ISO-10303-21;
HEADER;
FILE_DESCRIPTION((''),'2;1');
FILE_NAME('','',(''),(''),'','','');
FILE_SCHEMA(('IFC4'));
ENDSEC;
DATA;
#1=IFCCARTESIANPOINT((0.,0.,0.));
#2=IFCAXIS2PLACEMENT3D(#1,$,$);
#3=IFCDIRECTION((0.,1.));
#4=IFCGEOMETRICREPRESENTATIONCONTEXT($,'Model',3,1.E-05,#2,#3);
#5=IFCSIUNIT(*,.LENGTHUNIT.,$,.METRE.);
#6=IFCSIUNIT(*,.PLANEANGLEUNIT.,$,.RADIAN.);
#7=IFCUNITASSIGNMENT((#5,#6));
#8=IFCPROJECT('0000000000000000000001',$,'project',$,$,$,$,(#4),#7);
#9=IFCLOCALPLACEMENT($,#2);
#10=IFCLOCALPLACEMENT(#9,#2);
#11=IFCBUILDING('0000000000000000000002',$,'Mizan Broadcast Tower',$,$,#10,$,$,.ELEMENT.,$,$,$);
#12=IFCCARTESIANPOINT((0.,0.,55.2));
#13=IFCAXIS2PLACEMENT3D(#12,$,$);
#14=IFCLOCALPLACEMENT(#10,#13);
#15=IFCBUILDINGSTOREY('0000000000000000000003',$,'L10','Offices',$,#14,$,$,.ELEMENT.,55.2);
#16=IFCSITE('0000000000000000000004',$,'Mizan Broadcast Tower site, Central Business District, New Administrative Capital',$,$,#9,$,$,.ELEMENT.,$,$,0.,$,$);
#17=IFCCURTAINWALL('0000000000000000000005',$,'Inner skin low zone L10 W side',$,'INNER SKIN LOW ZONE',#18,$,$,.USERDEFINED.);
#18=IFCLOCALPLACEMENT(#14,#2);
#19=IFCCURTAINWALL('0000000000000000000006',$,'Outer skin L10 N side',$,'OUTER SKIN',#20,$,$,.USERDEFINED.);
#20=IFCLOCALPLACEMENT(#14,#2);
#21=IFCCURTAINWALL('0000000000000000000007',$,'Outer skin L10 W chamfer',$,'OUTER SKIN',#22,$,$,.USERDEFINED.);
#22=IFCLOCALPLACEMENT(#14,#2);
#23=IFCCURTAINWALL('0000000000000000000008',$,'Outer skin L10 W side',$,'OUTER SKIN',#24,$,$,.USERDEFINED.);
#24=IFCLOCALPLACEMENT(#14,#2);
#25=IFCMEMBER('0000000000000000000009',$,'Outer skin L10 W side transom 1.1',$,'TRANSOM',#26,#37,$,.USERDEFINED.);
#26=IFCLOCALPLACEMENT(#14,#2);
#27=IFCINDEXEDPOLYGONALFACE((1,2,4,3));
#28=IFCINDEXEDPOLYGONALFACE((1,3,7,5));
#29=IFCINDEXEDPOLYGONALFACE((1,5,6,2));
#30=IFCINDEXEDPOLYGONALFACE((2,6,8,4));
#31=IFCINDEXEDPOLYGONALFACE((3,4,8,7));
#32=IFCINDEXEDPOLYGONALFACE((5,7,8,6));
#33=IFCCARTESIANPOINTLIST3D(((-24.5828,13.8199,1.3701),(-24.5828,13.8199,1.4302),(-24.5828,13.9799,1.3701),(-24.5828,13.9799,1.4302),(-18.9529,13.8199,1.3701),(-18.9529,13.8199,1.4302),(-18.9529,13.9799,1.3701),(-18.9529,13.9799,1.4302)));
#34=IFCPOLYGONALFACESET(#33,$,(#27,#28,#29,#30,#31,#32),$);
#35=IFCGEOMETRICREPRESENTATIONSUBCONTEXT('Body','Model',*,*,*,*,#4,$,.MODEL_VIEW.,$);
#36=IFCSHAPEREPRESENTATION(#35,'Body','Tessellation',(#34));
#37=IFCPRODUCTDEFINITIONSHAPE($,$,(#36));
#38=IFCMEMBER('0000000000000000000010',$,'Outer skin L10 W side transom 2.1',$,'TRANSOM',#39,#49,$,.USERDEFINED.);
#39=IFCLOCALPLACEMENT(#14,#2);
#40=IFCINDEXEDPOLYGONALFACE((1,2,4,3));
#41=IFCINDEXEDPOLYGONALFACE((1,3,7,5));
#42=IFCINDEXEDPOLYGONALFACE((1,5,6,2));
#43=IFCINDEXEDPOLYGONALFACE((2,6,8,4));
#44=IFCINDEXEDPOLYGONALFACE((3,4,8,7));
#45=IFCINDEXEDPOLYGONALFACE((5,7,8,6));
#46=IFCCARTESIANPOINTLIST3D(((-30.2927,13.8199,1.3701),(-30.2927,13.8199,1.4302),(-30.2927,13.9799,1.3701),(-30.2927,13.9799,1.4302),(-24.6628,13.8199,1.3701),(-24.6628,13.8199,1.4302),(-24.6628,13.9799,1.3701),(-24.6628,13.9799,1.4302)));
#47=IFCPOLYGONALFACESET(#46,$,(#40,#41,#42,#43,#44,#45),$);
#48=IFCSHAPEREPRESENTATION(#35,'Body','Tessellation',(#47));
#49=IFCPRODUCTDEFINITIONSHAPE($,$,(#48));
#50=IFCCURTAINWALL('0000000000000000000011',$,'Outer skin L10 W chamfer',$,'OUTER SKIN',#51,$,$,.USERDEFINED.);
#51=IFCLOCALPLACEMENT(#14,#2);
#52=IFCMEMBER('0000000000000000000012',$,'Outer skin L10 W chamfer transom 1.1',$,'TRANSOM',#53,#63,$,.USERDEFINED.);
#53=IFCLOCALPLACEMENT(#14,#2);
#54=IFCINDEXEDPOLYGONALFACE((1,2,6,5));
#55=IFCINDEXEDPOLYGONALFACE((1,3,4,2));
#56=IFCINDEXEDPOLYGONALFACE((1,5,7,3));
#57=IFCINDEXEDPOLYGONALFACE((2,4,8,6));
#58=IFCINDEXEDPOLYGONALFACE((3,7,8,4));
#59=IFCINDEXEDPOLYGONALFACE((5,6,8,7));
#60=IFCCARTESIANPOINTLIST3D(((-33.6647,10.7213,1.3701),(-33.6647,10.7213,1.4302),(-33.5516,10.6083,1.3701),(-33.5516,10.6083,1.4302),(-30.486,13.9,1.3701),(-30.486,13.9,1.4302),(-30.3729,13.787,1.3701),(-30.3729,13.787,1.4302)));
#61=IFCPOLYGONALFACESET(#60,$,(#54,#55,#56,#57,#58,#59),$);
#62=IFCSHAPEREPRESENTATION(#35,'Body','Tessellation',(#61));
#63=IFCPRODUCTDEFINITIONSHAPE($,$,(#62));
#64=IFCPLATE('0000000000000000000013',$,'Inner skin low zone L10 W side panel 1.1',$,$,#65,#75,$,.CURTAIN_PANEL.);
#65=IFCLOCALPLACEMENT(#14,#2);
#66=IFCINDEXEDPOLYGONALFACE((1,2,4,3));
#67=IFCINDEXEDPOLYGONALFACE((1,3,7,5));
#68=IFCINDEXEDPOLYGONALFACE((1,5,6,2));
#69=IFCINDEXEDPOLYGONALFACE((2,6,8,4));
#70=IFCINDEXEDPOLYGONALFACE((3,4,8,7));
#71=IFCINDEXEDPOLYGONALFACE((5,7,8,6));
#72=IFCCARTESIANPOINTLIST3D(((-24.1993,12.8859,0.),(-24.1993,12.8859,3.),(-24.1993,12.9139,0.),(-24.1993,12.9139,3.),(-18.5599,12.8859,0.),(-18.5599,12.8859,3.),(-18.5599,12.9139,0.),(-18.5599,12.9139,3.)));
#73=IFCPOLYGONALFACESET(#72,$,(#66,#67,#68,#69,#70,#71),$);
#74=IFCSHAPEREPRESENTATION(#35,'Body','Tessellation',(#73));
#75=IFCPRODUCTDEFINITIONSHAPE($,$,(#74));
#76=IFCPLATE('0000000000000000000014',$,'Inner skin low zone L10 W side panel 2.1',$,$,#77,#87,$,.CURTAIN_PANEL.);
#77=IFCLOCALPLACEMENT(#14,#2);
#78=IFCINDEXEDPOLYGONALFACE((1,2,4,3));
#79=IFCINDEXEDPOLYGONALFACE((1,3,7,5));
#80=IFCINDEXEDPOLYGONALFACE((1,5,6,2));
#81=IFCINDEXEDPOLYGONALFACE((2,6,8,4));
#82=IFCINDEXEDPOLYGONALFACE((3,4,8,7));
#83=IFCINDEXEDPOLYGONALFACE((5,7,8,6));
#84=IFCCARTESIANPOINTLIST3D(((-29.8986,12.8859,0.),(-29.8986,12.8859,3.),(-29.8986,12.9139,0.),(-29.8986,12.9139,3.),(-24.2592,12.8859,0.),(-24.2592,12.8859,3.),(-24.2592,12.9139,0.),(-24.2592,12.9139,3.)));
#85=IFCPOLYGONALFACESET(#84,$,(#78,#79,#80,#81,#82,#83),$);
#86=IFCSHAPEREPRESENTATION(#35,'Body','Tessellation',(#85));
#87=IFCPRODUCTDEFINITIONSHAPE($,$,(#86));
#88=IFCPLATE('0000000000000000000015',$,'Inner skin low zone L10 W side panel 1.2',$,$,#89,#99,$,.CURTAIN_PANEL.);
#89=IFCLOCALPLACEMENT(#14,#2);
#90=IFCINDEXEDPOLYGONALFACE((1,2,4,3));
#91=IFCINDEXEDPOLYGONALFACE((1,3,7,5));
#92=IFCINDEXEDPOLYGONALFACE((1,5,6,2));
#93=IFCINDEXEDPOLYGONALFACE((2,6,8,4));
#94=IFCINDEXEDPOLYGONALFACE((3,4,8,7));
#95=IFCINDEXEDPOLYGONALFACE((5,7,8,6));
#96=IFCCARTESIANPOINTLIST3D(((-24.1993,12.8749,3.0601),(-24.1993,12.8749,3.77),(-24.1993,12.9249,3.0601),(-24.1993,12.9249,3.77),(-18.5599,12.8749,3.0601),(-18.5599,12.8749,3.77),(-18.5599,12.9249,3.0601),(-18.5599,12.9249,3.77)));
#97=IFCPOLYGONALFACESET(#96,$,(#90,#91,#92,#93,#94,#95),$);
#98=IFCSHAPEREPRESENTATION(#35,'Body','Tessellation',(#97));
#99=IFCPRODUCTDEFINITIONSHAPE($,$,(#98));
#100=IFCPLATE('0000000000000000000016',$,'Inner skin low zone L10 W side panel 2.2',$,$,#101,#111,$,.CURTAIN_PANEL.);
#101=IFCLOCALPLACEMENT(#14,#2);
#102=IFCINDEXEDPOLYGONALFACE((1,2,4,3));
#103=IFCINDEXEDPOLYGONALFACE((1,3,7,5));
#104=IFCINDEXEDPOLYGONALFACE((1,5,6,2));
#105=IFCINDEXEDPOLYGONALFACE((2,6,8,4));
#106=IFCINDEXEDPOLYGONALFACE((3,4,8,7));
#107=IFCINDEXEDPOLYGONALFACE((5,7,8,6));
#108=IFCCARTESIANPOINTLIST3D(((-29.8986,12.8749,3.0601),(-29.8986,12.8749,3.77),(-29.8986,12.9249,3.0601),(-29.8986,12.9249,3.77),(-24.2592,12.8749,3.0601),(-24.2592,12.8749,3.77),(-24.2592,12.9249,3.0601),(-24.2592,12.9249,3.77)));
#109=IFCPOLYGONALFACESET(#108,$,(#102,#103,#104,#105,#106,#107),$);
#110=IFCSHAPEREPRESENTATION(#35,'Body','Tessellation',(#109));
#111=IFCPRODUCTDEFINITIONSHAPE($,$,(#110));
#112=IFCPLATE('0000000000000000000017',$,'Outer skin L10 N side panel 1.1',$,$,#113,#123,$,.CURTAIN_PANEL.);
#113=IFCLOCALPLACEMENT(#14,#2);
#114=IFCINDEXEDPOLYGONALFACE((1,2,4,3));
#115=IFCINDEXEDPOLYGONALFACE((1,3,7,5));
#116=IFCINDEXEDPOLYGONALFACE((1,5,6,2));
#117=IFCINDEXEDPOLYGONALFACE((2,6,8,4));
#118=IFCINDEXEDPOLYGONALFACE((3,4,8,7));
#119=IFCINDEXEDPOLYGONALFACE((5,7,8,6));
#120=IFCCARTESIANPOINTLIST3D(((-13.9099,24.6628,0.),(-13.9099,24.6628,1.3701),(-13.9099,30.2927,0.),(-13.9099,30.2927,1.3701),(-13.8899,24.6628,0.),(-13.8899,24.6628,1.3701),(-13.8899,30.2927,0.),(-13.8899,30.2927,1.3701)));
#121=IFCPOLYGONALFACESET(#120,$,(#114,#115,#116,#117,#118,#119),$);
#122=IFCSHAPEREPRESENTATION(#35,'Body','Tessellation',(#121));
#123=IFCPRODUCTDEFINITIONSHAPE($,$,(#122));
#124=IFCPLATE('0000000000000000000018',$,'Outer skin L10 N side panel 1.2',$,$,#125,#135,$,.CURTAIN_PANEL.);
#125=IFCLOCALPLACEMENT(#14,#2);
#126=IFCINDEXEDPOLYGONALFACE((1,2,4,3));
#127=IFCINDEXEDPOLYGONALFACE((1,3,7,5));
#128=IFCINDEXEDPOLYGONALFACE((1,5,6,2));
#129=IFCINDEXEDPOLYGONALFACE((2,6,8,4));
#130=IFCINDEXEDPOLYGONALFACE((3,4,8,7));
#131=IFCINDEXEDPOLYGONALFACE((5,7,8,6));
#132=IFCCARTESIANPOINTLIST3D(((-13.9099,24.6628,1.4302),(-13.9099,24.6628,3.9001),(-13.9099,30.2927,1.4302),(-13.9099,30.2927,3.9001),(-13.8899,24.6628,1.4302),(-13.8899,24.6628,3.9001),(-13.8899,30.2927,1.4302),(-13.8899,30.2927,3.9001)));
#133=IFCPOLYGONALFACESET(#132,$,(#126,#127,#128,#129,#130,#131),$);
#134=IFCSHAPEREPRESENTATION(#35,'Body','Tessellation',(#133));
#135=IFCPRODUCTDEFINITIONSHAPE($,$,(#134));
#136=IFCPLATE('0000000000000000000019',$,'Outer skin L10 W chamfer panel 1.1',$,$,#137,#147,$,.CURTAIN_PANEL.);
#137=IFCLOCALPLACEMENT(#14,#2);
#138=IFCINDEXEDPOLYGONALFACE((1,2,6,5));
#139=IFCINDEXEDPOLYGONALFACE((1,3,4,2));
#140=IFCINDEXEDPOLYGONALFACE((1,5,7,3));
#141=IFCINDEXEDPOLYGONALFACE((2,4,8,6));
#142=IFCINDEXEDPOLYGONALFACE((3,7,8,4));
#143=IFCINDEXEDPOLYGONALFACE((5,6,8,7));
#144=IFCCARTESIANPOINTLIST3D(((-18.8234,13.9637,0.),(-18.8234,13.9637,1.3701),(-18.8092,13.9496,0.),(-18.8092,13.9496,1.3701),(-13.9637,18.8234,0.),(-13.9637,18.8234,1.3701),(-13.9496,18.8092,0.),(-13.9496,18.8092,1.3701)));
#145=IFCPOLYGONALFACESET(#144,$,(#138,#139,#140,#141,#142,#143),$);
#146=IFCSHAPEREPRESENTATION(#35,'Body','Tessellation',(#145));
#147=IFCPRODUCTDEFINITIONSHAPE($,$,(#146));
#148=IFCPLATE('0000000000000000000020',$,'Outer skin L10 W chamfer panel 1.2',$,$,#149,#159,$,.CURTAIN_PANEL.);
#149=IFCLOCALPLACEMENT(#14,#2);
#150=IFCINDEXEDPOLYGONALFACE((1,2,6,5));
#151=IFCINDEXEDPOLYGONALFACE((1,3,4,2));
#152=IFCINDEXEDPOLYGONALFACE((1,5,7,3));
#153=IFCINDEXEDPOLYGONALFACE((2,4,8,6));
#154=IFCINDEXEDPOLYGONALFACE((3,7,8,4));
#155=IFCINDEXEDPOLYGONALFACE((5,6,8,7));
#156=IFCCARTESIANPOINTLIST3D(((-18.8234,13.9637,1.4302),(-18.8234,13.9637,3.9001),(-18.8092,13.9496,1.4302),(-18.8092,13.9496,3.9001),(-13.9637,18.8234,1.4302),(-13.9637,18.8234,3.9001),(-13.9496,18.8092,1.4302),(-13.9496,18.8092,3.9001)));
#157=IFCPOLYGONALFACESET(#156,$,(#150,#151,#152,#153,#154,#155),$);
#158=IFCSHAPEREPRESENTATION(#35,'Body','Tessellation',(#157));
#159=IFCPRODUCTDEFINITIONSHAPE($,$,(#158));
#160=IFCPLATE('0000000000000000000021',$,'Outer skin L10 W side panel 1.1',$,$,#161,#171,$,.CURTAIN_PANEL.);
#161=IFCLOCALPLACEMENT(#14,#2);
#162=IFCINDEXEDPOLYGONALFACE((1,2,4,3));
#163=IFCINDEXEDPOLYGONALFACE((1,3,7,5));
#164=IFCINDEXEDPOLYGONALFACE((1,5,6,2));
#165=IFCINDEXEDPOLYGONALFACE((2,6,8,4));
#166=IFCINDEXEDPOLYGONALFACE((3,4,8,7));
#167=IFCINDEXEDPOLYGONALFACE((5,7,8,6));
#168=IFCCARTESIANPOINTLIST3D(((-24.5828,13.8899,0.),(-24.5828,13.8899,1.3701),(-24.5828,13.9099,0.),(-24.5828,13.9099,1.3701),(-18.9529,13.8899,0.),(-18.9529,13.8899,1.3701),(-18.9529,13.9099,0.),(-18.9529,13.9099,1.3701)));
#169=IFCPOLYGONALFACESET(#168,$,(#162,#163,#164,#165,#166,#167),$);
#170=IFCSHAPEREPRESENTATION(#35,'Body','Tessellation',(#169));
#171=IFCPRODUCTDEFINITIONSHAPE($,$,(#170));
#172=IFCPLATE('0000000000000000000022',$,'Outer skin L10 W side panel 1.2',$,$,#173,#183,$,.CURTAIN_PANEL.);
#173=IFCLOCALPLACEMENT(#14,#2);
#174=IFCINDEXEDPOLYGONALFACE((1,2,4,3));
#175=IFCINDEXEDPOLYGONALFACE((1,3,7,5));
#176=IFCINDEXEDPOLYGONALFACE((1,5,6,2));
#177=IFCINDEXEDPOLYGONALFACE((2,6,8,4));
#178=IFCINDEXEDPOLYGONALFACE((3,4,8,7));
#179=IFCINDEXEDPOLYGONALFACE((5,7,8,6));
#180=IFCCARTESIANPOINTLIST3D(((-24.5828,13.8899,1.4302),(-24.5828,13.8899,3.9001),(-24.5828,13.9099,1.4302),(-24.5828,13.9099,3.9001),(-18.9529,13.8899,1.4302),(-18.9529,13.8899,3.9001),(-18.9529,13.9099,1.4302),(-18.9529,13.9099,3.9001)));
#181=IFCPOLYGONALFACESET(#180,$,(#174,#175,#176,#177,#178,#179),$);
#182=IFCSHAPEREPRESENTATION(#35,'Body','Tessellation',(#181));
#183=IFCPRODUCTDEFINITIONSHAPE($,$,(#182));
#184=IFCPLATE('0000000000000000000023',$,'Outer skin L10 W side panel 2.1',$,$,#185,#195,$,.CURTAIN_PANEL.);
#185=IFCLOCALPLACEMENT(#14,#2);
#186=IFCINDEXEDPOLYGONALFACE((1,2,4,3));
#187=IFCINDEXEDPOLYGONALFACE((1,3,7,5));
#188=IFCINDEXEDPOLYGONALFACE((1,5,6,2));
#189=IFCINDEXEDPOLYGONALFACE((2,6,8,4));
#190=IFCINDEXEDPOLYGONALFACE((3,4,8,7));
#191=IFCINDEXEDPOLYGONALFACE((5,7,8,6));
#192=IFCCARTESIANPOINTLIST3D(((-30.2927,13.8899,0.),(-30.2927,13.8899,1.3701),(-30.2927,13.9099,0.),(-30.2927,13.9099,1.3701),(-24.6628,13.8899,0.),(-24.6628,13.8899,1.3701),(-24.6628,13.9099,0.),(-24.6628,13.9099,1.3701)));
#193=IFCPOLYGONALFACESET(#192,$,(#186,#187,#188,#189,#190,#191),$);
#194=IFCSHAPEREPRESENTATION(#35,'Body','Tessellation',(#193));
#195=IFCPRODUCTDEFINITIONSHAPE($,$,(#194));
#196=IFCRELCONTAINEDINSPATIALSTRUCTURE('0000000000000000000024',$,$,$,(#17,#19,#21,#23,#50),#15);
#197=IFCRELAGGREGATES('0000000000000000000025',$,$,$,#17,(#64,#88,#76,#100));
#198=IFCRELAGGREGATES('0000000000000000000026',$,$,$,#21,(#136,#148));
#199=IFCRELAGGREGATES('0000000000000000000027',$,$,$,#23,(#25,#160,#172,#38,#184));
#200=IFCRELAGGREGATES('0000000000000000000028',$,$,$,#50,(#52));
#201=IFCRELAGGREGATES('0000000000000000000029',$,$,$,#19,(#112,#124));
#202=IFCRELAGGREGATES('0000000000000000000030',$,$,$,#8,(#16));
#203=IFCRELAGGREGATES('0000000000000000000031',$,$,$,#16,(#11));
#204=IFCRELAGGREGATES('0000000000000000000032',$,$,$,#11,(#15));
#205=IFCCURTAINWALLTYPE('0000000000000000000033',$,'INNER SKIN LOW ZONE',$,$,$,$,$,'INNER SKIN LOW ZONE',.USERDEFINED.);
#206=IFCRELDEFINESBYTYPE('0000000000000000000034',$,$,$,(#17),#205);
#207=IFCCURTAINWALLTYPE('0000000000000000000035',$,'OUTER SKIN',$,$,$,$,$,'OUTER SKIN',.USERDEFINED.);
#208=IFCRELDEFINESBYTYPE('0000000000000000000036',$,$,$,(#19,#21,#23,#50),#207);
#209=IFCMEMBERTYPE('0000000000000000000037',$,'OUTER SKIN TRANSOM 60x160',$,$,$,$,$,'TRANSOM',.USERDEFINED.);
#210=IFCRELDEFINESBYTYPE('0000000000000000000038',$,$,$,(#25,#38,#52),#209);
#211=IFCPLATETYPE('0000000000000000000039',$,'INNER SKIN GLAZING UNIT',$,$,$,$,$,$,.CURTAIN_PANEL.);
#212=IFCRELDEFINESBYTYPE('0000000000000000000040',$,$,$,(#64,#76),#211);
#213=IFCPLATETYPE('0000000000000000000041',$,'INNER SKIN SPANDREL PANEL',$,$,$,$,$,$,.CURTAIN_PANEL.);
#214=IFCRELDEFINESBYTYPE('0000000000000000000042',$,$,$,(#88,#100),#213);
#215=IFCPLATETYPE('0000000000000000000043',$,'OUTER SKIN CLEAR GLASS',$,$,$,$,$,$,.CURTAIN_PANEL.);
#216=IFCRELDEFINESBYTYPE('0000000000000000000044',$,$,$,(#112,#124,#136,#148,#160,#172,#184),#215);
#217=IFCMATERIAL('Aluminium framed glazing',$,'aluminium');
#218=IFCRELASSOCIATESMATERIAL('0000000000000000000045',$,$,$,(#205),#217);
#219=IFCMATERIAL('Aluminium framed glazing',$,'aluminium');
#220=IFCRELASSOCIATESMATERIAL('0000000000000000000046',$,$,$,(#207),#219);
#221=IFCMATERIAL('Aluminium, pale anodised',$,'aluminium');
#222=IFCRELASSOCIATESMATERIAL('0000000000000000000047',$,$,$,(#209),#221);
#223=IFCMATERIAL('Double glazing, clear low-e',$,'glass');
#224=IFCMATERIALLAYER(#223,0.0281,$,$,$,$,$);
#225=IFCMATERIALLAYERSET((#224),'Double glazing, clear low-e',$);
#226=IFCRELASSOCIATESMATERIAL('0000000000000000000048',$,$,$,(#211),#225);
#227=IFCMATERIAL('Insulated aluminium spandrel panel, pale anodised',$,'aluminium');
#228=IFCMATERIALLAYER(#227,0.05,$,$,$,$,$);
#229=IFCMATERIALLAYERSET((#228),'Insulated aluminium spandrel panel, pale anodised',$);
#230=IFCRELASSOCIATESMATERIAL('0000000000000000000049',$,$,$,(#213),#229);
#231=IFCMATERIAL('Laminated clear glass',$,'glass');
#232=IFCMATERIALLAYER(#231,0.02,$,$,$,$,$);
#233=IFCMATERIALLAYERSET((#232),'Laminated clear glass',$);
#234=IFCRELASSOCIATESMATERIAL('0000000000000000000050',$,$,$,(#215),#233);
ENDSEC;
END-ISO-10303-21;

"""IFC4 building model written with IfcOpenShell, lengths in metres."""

from ifc_helpers import new_model, si_unit, direction, frame, origin, origin_2d, place, context, subcontext, project, spatial, rectangle, extrude, material, layer, layer_set, material_profile, profile_set, type_object, element, aggregate, save


model = new_model("IFC4")

# Units and contexts
model_context = context("Model", 3, precision=1e-05, world=origin(), true_north=direction((0.0, 1.0)))
body_context = subcontext(model_context, "Body", "Model", "MODEL_VIEW")
ifc_project = project(units=[si_unit("LENGTHUNIT", "METRE"), si_unit("PLANEANGLEUNIT", "RADIAN")], contexts=[model_context])

# Site, building, storey
site_placement = place(None, origin())
site = spatial("IfcSite", under=ifc_project, at=site_placement, Name="Mizan Broadcast Tower site, Central Business District, New Administrative Capital", CompositionType="ELEMENT", RefElevation=0.0)
building_placement = place(site_placement, origin())
building = spatial("IfcBuilding", under=site, at=building_placement, Name="Mizan Broadcast Tower", CompositionType="ELEMENT")
storey_placement = place(building_placement, frame((0.0, 0.0, 55.2)))
storey = spatial("IfcBuildingStorey", under=building, at=storey_placement, Name="L10", Description="Offices", CompositionType="ELEMENT", Elevation=55.2)

# Curtain wall
ifc_material_1 = material(Name="Aluminium framed glazing", Category="aluminium")
curtain_wall_type_1 = type_object("IfcCurtainWallType", Name="INNER SKIN LOW ZONE", ElementType="INNER SKIN LOW ZONE", PredefinedType="USERDEFINED", material=ifc_material_1)
curtain_wall_1_placement = place(storey_placement, origin())
curtain_wall_1 = element("IfcCurtainWall", 1, at=curtain_wall_1_placement, inside=storey, type_object=curtain_wall_type_1, Name="Inner skin low zone L10 W side", ObjectType="INNER SKIN LOW ZONE", PredefinedType="USERDEFINED")

# Shared definitions
ifc_material_2 = material(Name="Aluminium framed glazing", Category="aluminium")
curtain_wall_type_2 = type_object("IfcCurtainWallType", Name="OUTER SKIN", ElementType="OUTER SKIN", PredefinedType="USERDEFINED", material=ifc_material_2)

# Curtain wall
curtain_wall_2_placement = place(storey_placement, origin())
curtain_wall_2 = element("IfcCurtainWall", 2, at=curtain_wall_2_placement, inside=storey, type_object=curtain_wall_type_2, Name="Outer skin L10 N side", ObjectType="OUTER SKIN", PredefinedType="USERDEFINED")

# Curtain wall
curtain_wall_3_placement = place(storey_placement, origin())
curtain_wall_3 = element("IfcCurtainWall", 3, at=curtain_wall_3_placement, inside=storey, type_object=curtain_wall_type_2, Name="Outer skin L10 W chamfer", ObjectType="OUTER SKIN", PredefinedType="USERDEFINED")

# Curtain wall
curtain_wall_4_placement = place(storey_placement, origin())
curtain_wall_4 = element("IfcCurtainWall", 4, at=curtain_wall_4_placement, inside=storey, type_object=curtain_wall_type_2, Name="Outer skin L10 W side", ObjectType="OUTER SKIN", PredefinedType="USERDEFINED")

# Members
ifc_material_3 = material(Name="Aluminium, pale anodised", Category="aluminium")
ifc_material_profile_1 = material_profile(ifc_material_3, rectangle(XDim=0.1599, YDim=0.0601, at=origin_2d()), Name="TRANSOM 160x60")
ifc_profile_set_1 = profile_set([ifc_material_profile_1], Name="Aluminium, pale anodised")
member_type_1 = type_object("IfcMemberType", Name="OUTER SKIN TRANSOM 60x160", ElementType="TRANSOM", PredefinedType="USERDEFINED", material=ifc_profile_set_1)
member_1_placement = place(storey_placement, frame((-18.9529, 13.8999, 1.4001), z_axis=(-1.0, 0.0, 0.0), x_axis=(0.0, -1.0, 0.0)))
member_1 = element("IfcMember", 5, at=member_1_placement, type_object=member_type_1, Name="Outer skin L10 W side transom 1.1", ObjectType="TRANSOM", PredefinedType="USERDEFINED", context=body_context, shape_type="SweptSolid", body=[
    extrude(rectangle(XDim=0.1599, YDim=0.0601, at=origin_2d()), origin(), (0.0, 0.0, 1.0), 5.6299),
])
member_2_placement = place(storey_placement, frame((-24.6628, 13.8999, 1.4001), z_axis=(-1.0, 0.0, 0.0), x_axis=(0.0, -1.0, 0.0)))
member_2 = element("IfcMember", 6, at=member_2_placement, type_object=member_type_1, Name="Outer skin L10 W side transom 2.1", ObjectType="TRANSOM", PredefinedType="USERDEFINED", context=body_context, shape_type="SweptSolid", body=[
    extrude(rectangle(XDim=0.1599, YDim=0.0601, at=origin_2d()), origin(), (0.0, 0.0, 1.0), 5.6299),
])

# Curtain wall, member
curtain_wall_5_placement = place(storey_placement, origin())
curtain_wall_5 = element("IfcCurtainWall", 7, at=curtain_wall_5_placement, inside=storey, type_object=curtain_wall_type_2, Name="Outer skin L10 W chamfer", ObjectType="OUTER SKIN", PredefinedType="USERDEFINED")
member_3_placement = place(storey_placement, frame((-30.4294, 13.8435, 1.4001), z_axis=(-0.707107, -0.707107, 0.0), x_axis=(0.707107, -0.707107, 0.0)))
member_3 = element("IfcMember", 8, at=member_3_placement, type_object=member_type_1, Name="Outer skin L10 W chamfer transom 1.1", ObjectType="TRANSOM", PredefinedType="USERDEFINED", context=body_context, shape_type="SweptSolid", body=[
    extrude(rectangle(XDim=0.1599, YDim=0.0601, at=origin_2d()), origin(), (0.0, 0.0, 1.0), 4.4954),
])

# Plates
ifc_material_4 = material(Name="Double glazing, clear low-e", Category="glass")
ifc_layer_1 = layer(ifc_material_4, 0.0281)
ifc_layer_set_1 = layer_set([ifc_layer_1], Name="Double glazing, clear low-e")
plate_type_1 = type_object("IfcPlateType", Name="INNER SKIN GLAZING UNIT", PredefinedType="CURTAIN_PANEL", material=ifc_layer_set_1)
plate_1_placement = place(storey_placement, frame((-21.3796, 12.8999, 0.0), z_axis=(0.0, 0.0, 1.0), x_axis=(-1.0, 0.0, 0.0)))
plate_1 = element("IfcPlate", 9, at=plate_1_placement, type_object=plate_type_1, Name="Inner skin low zone L10 W side panel 1.1", PredefinedType="CURTAIN_PANEL", context=body_context, shape_type="SweptSolid", body=[
    extrude(rectangle(XDim=5.6394, YDim=0.0281, at=origin_2d()), origin(), (0.0, 0.0, 1.0), 3.0),
])
plate_2_placement = place(storey_placement, frame((-27.0789, 12.8999, 0.0), z_axis=(0.0, 0.0, 1.0), x_axis=(-1.0, 0.0, 0.0)))
plate_2 = element("IfcPlate", 10, at=plate_2_placement, type_object=plate_type_1, Name="Inner skin low zone L10 W side panel 2.1", PredefinedType="CURTAIN_PANEL", context=body_context, shape_type="SweptSolid", body=[
    extrude(rectangle(XDim=5.6394, YDim=0.0281, at=origin_2d()), origin(), (0.0, 0.0, 1.0), 3.0),
])
ifc_material_5 = material(Name="Insulated aluminium spandrel panel, pale anodised", Category="aluminium")
ifc_layer_2 = layer(ifc_material_5, 0.05)
ifc_layer_set_2 = layer_set([ifc_layer_2], Name="Insulated aluminium spandrel panel, pale anodised")
plate_type_2 = type_object("IfcPlateType", Name="INNER SKIN SPANDREL PANEL", PredefinedType="CURTAIN_PANEL", material=ifc_layer_set_2)
plate_3_placement = place(storey_placement, frame((-21.3796, 12.8999, 3.0601), z_axis=(0.0, 0.0, 1.0), x_axis=(-1.0, 0.0, 0.0)))
plate_3 = element("IfcPlate", 11, at=plate_3_placement, type_object=plate_type_2, Name="Inner skin low zone L10 W side panel 1.2", PredefinedType="CURTAIN_PANEL", context=body_context, shape_type="SweptSolid", body=[
    extrude(rectangle(XDim=5.6394, YDim=0.05, at=origin_2d()), origin(), (0.0, 0.0, 1.0), 0.71),
])
plate_4_placement = place(storey_placement, frame((-27.0789, 12.8999, 3.0601), z_axis=(0.0, 0.0, 1.0), x_axis=(-1.0, 0.0, 0.0)))
plate_4 = element("IfcPlate", 12, at=plate_4_placement, type_object=plate_type_2, Name="Inner skin low zone L10 W side panel 2.2", PredefinedType="CURTAIN_PANEL", context=body_context, shape_type="SweptSolid", body=[
    extrude(rectangle(XDim=5.6394, YDim=0.05, at=origin_2d()), origin(), (0.0, 0.0, 1.0), 0.71),
])
aggregate(curtain_wall_1, [plate_1, plate_3, plate_2, plate_4])
ifc_material_6 = material(Name="Laminated clear glass", Category="glass")
ifc_layer_3 = layer(ifc_material_6, 0.02)
ifc_layer_set_3 = layer_set([ifc_layer_3], Name="Laminated clear glass")
plate_type_3 = type_object("IfcPlateType", Name="OUTER SKIN CLEAR GLASS", PredefinedType="CURTAIN_PANEL", material=ifc_layer_set_3)
plate_5_placement = place(storey_placement, frame((-13.8999, 27.4778, 0.0), z_axis=(0.0, 0.0, 1.0), x_axis=(0.0, -1.0, 0.0)))
plate_5 = element("IfcPlate", 13, at=plate_5_placement, type_object=plate_type_3, Name="Outer skin L10 N side panel 1.1", PredefinedType="CURTAIN_PANEL", context=body_context, shape_type="SweptSolid", body=[
    extrude(rectangle(XDim=5.6299, YDim=0.02, at=origin_2d()), origin(), (0.0, 0.0, 1.0), 1.3701),
])
plate_6_placement = place(storey_placement, frame((-13.8999, 27.4778, 1.4302), z_axis=(0.0, 0.0, 1.0), x_axis=(0.0, -1.0, 0.0)))
plate_6 = element("IfcPlate", 14, at=plate_6_placement, type_object=plate_type_3, Name="Outer skin L10 N side panel 1.2", PredefinedType="CURTAIN_PANEL", context=body_context, shape_type="SweptSolid", body=[
    extrude(rectangle(XDim=5.6299, YDim=0.02, at=origin_2d()), origin(), (0.0, 0.0, 1.0), 2.47),
])
plate_7_placement = place(storey_placement, frame((-16.3865, 16.3865, 0.0), z_axis=(0.0, 0.0, 1.0), x_axis=(-0.707107, -0.707107, 0.0)))
plate_7 = element("IfcPlate", 15, at=plate_7_placement, type_object=plate_type_3, Name="Outer skin L10 W chamfer panel 1.1", PredefinedType="CURTAIN_PANEL", context=body_context, shape_type="SweptSolid", body=[
    extrude(rectangle(XDim=6.8726, YDim=0.02, at=origin_2d()), origin(), (0.0, 0.0, 1.0), 1.3701),
])
plate_8_placement = place(storey_placement, frame((-16.3865, 16.3865, 1.4302), z_axis=(0.0, 0.0, 1.0), x_axis=(-0.707107, -0.707107, 0.0)))
plate_8 = element("IfcPlate", 16, at=plate_8_placement, type_object=plate_type_3, Name="Outer skin L10 W chamfer panel 1.2", PredefinedType="CURTAIN_PANEL", context=body_context, shape_type="SweptSolid", body=[
    extrude(rectangle(XDim=6.8726, YDim=0.02, at=origin_2d()), origin(), (0.0, 0.0, 1.0), 2.47),
])
aggregate(curtain_wall_3, [plate_7, plate_8])
plate_9_placement = place(storey_placement, frame((-21.7678, 13.8999, 0.0), z_axis=(0.0, 0.0, 1.0), x_axis=(-1.0, 0.0, 0.0)))
plate_9 = element("IfcPlate", 17, at=plate_9_placement, type_object=plate_type_3, Name="Outer skin L10 W side panel 1.1", PredefinedType="CURTAIN_PANEL", context=body_context, shape_type="SweptSolid", body=[
    extrude(rectangle(XDim=5.6299, YDim=0.02, at=origin_2d()), origin(), (0.0, 0.0, 1.0), 1.3701),
])
plate_10_placement = place(storey_placement, frame((-21.7678, 13.8999, 1.4302), z_axis=(0.0, 0.0, 1.0), x_axis=(-1.0, 0.0, 0.0)))
plate_10 = element("IfcPlate", 18, at=plate_10_placement, type_object=plate_type_3, Name="Outer skin L10 W side panel 1.2", PredefinedType="CURTAIN_PANEL", context=body_context, shape_type="SweptSolid", body=[
    extrude(rectangle(XDim=5.6299, YDim=0.02, at=origin_2d()), origin(), (0.0, 0.0, 1.0), 2.47),
])
plate_11_placement = place(storey_placement, frame((-27.4778, 13.8999, 0.0), z_axis=(0.0, 0.0, 1.0), x_axis=(-1.0, 0.0, 0.0)))
plate_11 = element("IfcPlate", 19, at=plate_11_placement, type_object=plate_type_3, Name="Outer skin L10 W side panel 2.1", PredefinedType="CURTAIN_PANEL", context=body_context, shape_type="SweptSolid", body=[
    extrude(rectangle(XDim=5.6299, YDim=0.02, at=origin_2d()), origin(), (0.0, 0.0, 1.0), 1.3701),
])
aggregate(curtain_wall_4, [member_1, plate_9, plate_10, member_2, plate_11])
aggregate(curtain_wall_5, [member_3])
aggregate(curtain_wall_2, [plate_5, plate_6])

save(model, "model.ifc")
